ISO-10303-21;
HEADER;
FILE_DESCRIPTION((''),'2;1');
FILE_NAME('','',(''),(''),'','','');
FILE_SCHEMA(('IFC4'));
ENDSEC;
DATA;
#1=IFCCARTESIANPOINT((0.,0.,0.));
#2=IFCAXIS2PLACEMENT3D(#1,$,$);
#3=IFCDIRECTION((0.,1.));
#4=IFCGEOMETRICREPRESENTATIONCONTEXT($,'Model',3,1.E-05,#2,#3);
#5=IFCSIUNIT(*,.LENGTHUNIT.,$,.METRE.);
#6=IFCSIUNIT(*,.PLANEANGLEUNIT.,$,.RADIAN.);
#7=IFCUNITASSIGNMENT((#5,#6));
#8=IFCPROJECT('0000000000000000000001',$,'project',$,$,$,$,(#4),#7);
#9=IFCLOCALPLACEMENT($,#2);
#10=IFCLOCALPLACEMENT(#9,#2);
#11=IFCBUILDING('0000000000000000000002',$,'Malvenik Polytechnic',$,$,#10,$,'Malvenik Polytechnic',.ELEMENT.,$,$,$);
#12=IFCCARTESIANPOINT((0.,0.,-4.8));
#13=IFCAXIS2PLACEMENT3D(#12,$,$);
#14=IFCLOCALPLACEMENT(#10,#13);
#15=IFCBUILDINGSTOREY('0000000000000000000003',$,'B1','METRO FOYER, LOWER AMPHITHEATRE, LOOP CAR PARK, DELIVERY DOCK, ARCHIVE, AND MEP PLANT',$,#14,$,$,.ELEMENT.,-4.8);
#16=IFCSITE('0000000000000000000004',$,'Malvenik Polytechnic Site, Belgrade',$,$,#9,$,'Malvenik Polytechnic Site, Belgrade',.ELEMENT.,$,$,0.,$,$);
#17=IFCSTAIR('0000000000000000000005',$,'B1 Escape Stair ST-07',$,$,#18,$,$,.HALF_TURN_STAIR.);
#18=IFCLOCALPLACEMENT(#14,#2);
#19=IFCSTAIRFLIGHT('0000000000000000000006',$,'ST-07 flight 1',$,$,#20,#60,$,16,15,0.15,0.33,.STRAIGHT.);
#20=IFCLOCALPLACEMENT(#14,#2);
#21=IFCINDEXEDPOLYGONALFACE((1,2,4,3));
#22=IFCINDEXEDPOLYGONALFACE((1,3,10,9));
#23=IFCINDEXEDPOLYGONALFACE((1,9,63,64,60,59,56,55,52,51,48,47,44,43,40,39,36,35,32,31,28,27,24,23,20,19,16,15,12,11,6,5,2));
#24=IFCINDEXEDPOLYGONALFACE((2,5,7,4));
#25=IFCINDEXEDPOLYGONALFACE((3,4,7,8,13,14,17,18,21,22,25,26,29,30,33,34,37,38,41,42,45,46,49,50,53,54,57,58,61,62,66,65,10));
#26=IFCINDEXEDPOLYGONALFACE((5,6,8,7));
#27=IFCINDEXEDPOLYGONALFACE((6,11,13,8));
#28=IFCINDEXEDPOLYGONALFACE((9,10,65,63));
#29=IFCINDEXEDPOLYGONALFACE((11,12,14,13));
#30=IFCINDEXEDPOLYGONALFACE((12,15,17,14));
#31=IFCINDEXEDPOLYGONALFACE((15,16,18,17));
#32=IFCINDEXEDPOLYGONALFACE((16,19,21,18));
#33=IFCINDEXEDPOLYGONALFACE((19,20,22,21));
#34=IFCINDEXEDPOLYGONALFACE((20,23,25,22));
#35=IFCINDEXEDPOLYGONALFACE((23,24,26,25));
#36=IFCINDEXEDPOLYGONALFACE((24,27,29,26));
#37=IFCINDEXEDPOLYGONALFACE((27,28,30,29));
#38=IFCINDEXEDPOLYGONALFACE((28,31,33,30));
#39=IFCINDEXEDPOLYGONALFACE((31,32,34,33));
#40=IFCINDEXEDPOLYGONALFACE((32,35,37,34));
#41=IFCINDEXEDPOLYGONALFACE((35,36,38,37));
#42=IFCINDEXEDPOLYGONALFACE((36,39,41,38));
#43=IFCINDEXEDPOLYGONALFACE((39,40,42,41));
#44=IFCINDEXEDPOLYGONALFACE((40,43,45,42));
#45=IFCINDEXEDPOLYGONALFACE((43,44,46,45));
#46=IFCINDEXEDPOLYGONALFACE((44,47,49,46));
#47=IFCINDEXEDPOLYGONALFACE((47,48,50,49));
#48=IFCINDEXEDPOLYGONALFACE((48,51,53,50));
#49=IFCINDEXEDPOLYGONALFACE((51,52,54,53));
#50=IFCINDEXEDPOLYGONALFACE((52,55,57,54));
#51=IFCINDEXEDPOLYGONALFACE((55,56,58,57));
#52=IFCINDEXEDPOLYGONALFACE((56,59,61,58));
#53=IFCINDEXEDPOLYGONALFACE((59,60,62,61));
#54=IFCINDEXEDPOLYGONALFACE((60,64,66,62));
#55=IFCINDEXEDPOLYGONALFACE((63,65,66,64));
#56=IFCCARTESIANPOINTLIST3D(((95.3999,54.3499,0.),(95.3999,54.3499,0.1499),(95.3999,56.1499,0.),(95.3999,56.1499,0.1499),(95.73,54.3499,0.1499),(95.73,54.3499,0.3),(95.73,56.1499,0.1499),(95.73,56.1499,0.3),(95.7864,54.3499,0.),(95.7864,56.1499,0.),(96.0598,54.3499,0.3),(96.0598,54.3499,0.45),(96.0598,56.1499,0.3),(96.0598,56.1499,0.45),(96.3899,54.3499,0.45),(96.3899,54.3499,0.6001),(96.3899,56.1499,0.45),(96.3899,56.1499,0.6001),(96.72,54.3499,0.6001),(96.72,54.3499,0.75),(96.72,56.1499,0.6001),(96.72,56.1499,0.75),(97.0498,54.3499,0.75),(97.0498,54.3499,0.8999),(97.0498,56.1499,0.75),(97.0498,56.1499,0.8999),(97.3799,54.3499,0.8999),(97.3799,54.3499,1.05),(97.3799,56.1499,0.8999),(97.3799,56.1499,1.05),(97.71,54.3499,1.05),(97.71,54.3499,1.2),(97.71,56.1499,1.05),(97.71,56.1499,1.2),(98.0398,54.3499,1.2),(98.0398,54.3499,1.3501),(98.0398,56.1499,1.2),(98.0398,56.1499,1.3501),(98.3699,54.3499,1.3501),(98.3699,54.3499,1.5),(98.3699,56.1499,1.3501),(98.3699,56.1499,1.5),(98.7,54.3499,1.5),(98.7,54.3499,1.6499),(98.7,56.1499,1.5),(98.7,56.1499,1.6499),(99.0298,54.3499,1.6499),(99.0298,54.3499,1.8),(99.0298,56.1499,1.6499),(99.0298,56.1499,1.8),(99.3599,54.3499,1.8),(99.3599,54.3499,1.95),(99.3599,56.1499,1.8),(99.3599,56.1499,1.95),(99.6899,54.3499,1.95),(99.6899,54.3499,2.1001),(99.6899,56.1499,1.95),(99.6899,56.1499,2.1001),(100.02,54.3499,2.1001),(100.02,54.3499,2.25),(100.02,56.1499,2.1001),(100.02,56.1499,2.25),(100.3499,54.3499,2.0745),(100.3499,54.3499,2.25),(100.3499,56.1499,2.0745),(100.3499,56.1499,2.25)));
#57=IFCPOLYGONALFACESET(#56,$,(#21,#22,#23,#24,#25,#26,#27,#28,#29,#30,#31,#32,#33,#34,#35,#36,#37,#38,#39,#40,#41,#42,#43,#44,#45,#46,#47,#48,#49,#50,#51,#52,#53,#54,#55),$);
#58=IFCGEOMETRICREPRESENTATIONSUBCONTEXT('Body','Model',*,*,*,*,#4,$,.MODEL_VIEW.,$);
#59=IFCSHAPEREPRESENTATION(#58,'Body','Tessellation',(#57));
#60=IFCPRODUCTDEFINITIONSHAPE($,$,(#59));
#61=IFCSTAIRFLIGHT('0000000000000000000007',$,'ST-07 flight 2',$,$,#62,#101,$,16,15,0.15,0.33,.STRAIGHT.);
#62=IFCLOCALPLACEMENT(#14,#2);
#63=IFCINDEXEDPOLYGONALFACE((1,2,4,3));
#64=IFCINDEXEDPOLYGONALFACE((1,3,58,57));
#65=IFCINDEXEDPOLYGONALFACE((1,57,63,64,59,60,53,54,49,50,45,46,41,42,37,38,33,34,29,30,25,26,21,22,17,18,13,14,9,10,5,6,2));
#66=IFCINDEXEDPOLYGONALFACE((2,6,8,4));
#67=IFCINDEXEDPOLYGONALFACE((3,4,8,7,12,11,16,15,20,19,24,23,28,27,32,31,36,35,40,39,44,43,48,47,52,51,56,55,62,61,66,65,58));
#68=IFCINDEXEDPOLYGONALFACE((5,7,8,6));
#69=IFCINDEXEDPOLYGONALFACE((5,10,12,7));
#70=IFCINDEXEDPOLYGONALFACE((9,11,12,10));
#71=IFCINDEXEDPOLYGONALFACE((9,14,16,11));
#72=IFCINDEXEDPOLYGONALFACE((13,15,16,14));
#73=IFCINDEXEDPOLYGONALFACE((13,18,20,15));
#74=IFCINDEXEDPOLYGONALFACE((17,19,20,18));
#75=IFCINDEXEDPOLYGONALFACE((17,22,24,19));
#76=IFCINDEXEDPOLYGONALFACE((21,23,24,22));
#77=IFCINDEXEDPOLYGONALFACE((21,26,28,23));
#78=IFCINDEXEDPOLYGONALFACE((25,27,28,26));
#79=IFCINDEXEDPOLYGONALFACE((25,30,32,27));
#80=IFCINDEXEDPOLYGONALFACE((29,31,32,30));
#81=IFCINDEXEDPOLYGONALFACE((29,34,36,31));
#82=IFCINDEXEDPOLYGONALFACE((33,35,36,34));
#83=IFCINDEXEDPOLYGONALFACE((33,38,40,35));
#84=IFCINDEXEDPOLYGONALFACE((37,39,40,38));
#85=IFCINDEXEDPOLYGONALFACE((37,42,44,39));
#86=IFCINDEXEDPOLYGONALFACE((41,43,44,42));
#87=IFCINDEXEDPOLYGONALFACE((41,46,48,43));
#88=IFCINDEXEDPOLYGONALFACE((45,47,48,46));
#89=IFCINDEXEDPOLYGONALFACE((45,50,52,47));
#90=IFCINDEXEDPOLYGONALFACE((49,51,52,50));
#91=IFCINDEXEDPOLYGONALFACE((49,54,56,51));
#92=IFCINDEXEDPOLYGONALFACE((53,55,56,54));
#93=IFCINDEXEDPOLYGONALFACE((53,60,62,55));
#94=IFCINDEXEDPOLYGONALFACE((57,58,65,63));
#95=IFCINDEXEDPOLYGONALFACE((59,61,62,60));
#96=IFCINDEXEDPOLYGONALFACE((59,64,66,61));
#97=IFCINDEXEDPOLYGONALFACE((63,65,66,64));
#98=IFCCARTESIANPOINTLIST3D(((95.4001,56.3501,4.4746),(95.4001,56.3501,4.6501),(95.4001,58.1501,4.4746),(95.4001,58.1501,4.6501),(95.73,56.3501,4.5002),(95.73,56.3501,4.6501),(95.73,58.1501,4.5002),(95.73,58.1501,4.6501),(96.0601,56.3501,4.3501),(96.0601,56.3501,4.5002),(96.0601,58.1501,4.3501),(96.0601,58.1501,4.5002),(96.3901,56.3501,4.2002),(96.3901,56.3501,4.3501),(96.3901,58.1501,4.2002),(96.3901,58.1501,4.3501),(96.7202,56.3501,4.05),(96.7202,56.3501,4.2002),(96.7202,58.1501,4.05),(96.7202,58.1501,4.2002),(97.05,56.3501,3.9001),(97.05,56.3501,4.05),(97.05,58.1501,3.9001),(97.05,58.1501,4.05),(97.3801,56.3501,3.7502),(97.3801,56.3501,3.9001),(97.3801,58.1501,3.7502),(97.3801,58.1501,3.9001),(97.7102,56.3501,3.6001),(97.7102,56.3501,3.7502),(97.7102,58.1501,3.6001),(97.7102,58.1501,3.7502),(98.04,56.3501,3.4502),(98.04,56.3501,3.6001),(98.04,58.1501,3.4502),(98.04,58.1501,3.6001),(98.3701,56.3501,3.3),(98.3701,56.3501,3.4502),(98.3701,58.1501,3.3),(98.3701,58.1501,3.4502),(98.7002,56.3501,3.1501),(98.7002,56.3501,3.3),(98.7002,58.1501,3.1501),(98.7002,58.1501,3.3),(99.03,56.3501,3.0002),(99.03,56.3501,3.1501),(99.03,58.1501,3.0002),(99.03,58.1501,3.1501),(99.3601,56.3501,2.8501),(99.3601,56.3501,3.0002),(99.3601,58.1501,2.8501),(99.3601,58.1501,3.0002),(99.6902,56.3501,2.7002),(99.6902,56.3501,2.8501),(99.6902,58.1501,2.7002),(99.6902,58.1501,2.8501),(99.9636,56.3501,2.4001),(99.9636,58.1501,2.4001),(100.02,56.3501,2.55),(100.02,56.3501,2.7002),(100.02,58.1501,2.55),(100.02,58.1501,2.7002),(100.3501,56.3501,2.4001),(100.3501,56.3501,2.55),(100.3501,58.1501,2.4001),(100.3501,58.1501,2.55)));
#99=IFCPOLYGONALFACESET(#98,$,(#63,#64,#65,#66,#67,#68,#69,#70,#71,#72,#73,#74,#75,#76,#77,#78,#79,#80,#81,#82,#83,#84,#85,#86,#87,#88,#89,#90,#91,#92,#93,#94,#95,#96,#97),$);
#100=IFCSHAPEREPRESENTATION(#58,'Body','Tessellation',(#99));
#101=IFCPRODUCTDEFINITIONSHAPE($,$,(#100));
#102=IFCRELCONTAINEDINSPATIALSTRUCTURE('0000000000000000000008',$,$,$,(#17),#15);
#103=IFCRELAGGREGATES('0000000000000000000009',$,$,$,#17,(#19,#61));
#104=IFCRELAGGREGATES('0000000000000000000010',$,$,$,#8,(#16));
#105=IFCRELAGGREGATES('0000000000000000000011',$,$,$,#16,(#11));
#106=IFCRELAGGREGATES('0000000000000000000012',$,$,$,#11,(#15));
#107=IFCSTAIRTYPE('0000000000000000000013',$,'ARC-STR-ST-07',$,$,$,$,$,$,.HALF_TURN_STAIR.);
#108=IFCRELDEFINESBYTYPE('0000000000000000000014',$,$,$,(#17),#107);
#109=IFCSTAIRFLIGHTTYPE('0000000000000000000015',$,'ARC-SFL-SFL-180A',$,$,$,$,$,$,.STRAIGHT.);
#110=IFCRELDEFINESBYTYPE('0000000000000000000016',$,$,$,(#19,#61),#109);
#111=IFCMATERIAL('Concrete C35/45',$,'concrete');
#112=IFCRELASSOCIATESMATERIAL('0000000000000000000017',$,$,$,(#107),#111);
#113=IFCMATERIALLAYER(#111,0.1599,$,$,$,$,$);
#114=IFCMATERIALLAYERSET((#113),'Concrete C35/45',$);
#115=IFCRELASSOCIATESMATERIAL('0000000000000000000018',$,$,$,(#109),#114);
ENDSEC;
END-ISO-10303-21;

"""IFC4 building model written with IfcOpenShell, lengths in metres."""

from ifc_helpers import new_model, si_unit, direction, frame, origin, place, context, subcontext, project, spatial, polyline, outline, extrude, material, layer, layer_set, type_object, element, aggregate, save


model = new_model("IFC4")

# Units and contexts
model_context = context("Model", 3, precision=1e-05, world=origin(), true_north=direction((0.0, 1.0)))
body_context = subcontext(model_context, "Body", "Model", "MODEL_VIEW")
ifc_project = project(units=[si_unit("LENGTHUNIT", "METRE"), si_unit("PLANEANGLEUNIT", "RADIAN")], contexts=[model_context])

# Site, building, storey
site_placement = place(None, origin())
site = spatial("IfcSite", under=ifc_project, at=site_placement, Name="Malvenik Polytechnic Site, Belgrade", LongName="Malvenik Polytechnic Site, Belgrade", CompositionType="ELEMENT", RefElevation=0.0)
building_placement = place(site_placement, origin())
building = spatial("IfcBuilding", under=site, at=building_placement, Name="Malvenik Polytechnic", LongName="Malvenik Polytechnic", CompositionType="ELEMENT")
storey_placement = place(building_placement, frame((0.0, 0.0, -4.8)))
storey = spatial("IfcBuildingStorey", under=building, at=storey_placement, Name="B1", Description="METRO FOYER, LOWER AMPHITHEATRE, LOOP CAR PARK, DELIVERY DOCK, ARCHIVE, AND MEP PLANT", CompositionType="ELEMENT", Elevation=-4.8)

# Shared definitions
ifc_material_1 = material(Name="Concrete C35/45", Category="concrete")

# Stair, stair flights
stair_type = type_object("IfcStairType", Name="ARC-STR-ST-07", PredefinedType="HALF_TURN_STAIR", material=ifc_material_1)
stair_placement = place(storey_placement, origin())
stair = element("IfcStair", 1, at=stair_placement, inside=storey, type_object=stair_type, Name="B1 Escape Stair ST-07", PredefinedType="HALF_TURN_STAIR")
ifc_layer_1 = layer(ifc_material_1, 0.1599)
ifc_layer_set_1 = layer_set([ifc_layer_1], Name="Concrete C35/45")
stair_flight_type = type_object("IfcStairFlightType", Name="ARC-SFL-SFL-180A", PredefinedType="STRAIGHT", material=ifc_layer_set_1)
stair_flight_1_placement = place(storey_placement, frame((95.3999, 55.25, 0.0), z_axis=(0.0, 0.0, 1.0), x_axis=(1.0, 0.0, 0.0)))
stair_flight_1 = element("IfcStairFlight", 2, at=stair_flight_1_placement, type_object=stair_flight_type, Name="ST-07 flight 1", NumberOfRisers=16, NumberOfTreads=15, PredefinedType="STRAIGHT", RiserHeight=0.15, TreadLength=0.33, context=body_context, shape_type="SweptSolid", body=[
    extrude(outline(polyline([(0.0, 0.0), (0.0, 0.1499), (0.3301, 0.1499), (0.3301, 0.3), (0.6599, 0.3), (0.6599, 0.45), (0.99, 0.45), (0.99, 0.6001), (1.3201, 0.6001), (1.3201, 0.75), (1.6499, 0.75), (1.6499, 0.8999), (1.98, 0.8999), (1.98, 1.05), (2.3101, 1.05), (2.3101, 1.2), (2.6399, 1.2), (2.6399, 1.3501), (2.97, 1.3501), (2.97, 1.5), (3.3, 1.5), (3.3, 1.6499), (3.6299, 1.6499), (3.6299, 1.8), (3.96, 1.8), (3.96, 1.95), (4.29, 1.95), (4.29, 2.1001), (4.6201, 2.1001), (4.6201, 2.25), (4.95, 2.25), (4.95, 2.3999), (4.95, 2.0745), (0.3865, 0.0), (0.0, 0.0)])), frame((0.0, 0.8999, 0.0), z_axis=(0.0, -1.0, 0.0), x_axis=(1.0, 0.0, 0.0)), (0.0, 0.0, 1.0), 1.8),
])
stair_flight_2_placement = place(storey_placement, frame((100.3501, 57.25, 2.4001), z_axis=(0.0, 0.0, 1.0), x_axis=(-1.0, 0.0, 0.0)))
stair_flight_2 = element("IfcStairFlight", 3, at=stair_flight_2_placement, type_object=stair_flight_type, Name="ST-07 flight 2", NumberOfRisers=16, NumberOfTreads=15, PredefinedType="STRAIGHT", RiserHeight=0.15, TreadLength=0.33, context=body_context, shape_type="SweptSolid", body=[
    extrude(outline(polyline([(0.0, 0.0), (0.0, 0.1499), (0.3301, 0.1499), (0.3301, 0.3), (0.6599, 0.3), (0.6599, 0.45), (0.99, 0.45), (0.99, 0.6001), (1.3201, 0.6001), (1.3201, 0.75), (1.6499, 0.75), (1.6499, 0.8999), (1.98, 0.8999), (1.98, 1.05), (2.3101, 1.05), (2.3101, 1.2), (2.6399, 1.2), (2.6399, 1.3501), (2.97, 1.3501), (2.97, 1.5), (3.3, 1.5), (3.3, 1.6499), (3.6299, 1.6499), (3.6299, 1.8), (3.96, 1.8), (3.96, 1.95), (4.29, 1.95), (4.29, 2.1001), (4.6201, 2.1001), (4.6201, 2.25), (4.95, 2.25), (4.95, 2.3999), (4.95, 2.0745), (0.3865, 0.0), (0.0, 0.0)])), frame((0.0, 0.8999, 0.0), z_axis=(0.0, -1.0, 0.0), x_axis=(1.0, 0.0, 0.0)), (0.0, 0.0, 1.0), 1.8),
])
aggregate(stair, [stair_flight_1, stair_flight_2])

save(model, "model.ifc")
